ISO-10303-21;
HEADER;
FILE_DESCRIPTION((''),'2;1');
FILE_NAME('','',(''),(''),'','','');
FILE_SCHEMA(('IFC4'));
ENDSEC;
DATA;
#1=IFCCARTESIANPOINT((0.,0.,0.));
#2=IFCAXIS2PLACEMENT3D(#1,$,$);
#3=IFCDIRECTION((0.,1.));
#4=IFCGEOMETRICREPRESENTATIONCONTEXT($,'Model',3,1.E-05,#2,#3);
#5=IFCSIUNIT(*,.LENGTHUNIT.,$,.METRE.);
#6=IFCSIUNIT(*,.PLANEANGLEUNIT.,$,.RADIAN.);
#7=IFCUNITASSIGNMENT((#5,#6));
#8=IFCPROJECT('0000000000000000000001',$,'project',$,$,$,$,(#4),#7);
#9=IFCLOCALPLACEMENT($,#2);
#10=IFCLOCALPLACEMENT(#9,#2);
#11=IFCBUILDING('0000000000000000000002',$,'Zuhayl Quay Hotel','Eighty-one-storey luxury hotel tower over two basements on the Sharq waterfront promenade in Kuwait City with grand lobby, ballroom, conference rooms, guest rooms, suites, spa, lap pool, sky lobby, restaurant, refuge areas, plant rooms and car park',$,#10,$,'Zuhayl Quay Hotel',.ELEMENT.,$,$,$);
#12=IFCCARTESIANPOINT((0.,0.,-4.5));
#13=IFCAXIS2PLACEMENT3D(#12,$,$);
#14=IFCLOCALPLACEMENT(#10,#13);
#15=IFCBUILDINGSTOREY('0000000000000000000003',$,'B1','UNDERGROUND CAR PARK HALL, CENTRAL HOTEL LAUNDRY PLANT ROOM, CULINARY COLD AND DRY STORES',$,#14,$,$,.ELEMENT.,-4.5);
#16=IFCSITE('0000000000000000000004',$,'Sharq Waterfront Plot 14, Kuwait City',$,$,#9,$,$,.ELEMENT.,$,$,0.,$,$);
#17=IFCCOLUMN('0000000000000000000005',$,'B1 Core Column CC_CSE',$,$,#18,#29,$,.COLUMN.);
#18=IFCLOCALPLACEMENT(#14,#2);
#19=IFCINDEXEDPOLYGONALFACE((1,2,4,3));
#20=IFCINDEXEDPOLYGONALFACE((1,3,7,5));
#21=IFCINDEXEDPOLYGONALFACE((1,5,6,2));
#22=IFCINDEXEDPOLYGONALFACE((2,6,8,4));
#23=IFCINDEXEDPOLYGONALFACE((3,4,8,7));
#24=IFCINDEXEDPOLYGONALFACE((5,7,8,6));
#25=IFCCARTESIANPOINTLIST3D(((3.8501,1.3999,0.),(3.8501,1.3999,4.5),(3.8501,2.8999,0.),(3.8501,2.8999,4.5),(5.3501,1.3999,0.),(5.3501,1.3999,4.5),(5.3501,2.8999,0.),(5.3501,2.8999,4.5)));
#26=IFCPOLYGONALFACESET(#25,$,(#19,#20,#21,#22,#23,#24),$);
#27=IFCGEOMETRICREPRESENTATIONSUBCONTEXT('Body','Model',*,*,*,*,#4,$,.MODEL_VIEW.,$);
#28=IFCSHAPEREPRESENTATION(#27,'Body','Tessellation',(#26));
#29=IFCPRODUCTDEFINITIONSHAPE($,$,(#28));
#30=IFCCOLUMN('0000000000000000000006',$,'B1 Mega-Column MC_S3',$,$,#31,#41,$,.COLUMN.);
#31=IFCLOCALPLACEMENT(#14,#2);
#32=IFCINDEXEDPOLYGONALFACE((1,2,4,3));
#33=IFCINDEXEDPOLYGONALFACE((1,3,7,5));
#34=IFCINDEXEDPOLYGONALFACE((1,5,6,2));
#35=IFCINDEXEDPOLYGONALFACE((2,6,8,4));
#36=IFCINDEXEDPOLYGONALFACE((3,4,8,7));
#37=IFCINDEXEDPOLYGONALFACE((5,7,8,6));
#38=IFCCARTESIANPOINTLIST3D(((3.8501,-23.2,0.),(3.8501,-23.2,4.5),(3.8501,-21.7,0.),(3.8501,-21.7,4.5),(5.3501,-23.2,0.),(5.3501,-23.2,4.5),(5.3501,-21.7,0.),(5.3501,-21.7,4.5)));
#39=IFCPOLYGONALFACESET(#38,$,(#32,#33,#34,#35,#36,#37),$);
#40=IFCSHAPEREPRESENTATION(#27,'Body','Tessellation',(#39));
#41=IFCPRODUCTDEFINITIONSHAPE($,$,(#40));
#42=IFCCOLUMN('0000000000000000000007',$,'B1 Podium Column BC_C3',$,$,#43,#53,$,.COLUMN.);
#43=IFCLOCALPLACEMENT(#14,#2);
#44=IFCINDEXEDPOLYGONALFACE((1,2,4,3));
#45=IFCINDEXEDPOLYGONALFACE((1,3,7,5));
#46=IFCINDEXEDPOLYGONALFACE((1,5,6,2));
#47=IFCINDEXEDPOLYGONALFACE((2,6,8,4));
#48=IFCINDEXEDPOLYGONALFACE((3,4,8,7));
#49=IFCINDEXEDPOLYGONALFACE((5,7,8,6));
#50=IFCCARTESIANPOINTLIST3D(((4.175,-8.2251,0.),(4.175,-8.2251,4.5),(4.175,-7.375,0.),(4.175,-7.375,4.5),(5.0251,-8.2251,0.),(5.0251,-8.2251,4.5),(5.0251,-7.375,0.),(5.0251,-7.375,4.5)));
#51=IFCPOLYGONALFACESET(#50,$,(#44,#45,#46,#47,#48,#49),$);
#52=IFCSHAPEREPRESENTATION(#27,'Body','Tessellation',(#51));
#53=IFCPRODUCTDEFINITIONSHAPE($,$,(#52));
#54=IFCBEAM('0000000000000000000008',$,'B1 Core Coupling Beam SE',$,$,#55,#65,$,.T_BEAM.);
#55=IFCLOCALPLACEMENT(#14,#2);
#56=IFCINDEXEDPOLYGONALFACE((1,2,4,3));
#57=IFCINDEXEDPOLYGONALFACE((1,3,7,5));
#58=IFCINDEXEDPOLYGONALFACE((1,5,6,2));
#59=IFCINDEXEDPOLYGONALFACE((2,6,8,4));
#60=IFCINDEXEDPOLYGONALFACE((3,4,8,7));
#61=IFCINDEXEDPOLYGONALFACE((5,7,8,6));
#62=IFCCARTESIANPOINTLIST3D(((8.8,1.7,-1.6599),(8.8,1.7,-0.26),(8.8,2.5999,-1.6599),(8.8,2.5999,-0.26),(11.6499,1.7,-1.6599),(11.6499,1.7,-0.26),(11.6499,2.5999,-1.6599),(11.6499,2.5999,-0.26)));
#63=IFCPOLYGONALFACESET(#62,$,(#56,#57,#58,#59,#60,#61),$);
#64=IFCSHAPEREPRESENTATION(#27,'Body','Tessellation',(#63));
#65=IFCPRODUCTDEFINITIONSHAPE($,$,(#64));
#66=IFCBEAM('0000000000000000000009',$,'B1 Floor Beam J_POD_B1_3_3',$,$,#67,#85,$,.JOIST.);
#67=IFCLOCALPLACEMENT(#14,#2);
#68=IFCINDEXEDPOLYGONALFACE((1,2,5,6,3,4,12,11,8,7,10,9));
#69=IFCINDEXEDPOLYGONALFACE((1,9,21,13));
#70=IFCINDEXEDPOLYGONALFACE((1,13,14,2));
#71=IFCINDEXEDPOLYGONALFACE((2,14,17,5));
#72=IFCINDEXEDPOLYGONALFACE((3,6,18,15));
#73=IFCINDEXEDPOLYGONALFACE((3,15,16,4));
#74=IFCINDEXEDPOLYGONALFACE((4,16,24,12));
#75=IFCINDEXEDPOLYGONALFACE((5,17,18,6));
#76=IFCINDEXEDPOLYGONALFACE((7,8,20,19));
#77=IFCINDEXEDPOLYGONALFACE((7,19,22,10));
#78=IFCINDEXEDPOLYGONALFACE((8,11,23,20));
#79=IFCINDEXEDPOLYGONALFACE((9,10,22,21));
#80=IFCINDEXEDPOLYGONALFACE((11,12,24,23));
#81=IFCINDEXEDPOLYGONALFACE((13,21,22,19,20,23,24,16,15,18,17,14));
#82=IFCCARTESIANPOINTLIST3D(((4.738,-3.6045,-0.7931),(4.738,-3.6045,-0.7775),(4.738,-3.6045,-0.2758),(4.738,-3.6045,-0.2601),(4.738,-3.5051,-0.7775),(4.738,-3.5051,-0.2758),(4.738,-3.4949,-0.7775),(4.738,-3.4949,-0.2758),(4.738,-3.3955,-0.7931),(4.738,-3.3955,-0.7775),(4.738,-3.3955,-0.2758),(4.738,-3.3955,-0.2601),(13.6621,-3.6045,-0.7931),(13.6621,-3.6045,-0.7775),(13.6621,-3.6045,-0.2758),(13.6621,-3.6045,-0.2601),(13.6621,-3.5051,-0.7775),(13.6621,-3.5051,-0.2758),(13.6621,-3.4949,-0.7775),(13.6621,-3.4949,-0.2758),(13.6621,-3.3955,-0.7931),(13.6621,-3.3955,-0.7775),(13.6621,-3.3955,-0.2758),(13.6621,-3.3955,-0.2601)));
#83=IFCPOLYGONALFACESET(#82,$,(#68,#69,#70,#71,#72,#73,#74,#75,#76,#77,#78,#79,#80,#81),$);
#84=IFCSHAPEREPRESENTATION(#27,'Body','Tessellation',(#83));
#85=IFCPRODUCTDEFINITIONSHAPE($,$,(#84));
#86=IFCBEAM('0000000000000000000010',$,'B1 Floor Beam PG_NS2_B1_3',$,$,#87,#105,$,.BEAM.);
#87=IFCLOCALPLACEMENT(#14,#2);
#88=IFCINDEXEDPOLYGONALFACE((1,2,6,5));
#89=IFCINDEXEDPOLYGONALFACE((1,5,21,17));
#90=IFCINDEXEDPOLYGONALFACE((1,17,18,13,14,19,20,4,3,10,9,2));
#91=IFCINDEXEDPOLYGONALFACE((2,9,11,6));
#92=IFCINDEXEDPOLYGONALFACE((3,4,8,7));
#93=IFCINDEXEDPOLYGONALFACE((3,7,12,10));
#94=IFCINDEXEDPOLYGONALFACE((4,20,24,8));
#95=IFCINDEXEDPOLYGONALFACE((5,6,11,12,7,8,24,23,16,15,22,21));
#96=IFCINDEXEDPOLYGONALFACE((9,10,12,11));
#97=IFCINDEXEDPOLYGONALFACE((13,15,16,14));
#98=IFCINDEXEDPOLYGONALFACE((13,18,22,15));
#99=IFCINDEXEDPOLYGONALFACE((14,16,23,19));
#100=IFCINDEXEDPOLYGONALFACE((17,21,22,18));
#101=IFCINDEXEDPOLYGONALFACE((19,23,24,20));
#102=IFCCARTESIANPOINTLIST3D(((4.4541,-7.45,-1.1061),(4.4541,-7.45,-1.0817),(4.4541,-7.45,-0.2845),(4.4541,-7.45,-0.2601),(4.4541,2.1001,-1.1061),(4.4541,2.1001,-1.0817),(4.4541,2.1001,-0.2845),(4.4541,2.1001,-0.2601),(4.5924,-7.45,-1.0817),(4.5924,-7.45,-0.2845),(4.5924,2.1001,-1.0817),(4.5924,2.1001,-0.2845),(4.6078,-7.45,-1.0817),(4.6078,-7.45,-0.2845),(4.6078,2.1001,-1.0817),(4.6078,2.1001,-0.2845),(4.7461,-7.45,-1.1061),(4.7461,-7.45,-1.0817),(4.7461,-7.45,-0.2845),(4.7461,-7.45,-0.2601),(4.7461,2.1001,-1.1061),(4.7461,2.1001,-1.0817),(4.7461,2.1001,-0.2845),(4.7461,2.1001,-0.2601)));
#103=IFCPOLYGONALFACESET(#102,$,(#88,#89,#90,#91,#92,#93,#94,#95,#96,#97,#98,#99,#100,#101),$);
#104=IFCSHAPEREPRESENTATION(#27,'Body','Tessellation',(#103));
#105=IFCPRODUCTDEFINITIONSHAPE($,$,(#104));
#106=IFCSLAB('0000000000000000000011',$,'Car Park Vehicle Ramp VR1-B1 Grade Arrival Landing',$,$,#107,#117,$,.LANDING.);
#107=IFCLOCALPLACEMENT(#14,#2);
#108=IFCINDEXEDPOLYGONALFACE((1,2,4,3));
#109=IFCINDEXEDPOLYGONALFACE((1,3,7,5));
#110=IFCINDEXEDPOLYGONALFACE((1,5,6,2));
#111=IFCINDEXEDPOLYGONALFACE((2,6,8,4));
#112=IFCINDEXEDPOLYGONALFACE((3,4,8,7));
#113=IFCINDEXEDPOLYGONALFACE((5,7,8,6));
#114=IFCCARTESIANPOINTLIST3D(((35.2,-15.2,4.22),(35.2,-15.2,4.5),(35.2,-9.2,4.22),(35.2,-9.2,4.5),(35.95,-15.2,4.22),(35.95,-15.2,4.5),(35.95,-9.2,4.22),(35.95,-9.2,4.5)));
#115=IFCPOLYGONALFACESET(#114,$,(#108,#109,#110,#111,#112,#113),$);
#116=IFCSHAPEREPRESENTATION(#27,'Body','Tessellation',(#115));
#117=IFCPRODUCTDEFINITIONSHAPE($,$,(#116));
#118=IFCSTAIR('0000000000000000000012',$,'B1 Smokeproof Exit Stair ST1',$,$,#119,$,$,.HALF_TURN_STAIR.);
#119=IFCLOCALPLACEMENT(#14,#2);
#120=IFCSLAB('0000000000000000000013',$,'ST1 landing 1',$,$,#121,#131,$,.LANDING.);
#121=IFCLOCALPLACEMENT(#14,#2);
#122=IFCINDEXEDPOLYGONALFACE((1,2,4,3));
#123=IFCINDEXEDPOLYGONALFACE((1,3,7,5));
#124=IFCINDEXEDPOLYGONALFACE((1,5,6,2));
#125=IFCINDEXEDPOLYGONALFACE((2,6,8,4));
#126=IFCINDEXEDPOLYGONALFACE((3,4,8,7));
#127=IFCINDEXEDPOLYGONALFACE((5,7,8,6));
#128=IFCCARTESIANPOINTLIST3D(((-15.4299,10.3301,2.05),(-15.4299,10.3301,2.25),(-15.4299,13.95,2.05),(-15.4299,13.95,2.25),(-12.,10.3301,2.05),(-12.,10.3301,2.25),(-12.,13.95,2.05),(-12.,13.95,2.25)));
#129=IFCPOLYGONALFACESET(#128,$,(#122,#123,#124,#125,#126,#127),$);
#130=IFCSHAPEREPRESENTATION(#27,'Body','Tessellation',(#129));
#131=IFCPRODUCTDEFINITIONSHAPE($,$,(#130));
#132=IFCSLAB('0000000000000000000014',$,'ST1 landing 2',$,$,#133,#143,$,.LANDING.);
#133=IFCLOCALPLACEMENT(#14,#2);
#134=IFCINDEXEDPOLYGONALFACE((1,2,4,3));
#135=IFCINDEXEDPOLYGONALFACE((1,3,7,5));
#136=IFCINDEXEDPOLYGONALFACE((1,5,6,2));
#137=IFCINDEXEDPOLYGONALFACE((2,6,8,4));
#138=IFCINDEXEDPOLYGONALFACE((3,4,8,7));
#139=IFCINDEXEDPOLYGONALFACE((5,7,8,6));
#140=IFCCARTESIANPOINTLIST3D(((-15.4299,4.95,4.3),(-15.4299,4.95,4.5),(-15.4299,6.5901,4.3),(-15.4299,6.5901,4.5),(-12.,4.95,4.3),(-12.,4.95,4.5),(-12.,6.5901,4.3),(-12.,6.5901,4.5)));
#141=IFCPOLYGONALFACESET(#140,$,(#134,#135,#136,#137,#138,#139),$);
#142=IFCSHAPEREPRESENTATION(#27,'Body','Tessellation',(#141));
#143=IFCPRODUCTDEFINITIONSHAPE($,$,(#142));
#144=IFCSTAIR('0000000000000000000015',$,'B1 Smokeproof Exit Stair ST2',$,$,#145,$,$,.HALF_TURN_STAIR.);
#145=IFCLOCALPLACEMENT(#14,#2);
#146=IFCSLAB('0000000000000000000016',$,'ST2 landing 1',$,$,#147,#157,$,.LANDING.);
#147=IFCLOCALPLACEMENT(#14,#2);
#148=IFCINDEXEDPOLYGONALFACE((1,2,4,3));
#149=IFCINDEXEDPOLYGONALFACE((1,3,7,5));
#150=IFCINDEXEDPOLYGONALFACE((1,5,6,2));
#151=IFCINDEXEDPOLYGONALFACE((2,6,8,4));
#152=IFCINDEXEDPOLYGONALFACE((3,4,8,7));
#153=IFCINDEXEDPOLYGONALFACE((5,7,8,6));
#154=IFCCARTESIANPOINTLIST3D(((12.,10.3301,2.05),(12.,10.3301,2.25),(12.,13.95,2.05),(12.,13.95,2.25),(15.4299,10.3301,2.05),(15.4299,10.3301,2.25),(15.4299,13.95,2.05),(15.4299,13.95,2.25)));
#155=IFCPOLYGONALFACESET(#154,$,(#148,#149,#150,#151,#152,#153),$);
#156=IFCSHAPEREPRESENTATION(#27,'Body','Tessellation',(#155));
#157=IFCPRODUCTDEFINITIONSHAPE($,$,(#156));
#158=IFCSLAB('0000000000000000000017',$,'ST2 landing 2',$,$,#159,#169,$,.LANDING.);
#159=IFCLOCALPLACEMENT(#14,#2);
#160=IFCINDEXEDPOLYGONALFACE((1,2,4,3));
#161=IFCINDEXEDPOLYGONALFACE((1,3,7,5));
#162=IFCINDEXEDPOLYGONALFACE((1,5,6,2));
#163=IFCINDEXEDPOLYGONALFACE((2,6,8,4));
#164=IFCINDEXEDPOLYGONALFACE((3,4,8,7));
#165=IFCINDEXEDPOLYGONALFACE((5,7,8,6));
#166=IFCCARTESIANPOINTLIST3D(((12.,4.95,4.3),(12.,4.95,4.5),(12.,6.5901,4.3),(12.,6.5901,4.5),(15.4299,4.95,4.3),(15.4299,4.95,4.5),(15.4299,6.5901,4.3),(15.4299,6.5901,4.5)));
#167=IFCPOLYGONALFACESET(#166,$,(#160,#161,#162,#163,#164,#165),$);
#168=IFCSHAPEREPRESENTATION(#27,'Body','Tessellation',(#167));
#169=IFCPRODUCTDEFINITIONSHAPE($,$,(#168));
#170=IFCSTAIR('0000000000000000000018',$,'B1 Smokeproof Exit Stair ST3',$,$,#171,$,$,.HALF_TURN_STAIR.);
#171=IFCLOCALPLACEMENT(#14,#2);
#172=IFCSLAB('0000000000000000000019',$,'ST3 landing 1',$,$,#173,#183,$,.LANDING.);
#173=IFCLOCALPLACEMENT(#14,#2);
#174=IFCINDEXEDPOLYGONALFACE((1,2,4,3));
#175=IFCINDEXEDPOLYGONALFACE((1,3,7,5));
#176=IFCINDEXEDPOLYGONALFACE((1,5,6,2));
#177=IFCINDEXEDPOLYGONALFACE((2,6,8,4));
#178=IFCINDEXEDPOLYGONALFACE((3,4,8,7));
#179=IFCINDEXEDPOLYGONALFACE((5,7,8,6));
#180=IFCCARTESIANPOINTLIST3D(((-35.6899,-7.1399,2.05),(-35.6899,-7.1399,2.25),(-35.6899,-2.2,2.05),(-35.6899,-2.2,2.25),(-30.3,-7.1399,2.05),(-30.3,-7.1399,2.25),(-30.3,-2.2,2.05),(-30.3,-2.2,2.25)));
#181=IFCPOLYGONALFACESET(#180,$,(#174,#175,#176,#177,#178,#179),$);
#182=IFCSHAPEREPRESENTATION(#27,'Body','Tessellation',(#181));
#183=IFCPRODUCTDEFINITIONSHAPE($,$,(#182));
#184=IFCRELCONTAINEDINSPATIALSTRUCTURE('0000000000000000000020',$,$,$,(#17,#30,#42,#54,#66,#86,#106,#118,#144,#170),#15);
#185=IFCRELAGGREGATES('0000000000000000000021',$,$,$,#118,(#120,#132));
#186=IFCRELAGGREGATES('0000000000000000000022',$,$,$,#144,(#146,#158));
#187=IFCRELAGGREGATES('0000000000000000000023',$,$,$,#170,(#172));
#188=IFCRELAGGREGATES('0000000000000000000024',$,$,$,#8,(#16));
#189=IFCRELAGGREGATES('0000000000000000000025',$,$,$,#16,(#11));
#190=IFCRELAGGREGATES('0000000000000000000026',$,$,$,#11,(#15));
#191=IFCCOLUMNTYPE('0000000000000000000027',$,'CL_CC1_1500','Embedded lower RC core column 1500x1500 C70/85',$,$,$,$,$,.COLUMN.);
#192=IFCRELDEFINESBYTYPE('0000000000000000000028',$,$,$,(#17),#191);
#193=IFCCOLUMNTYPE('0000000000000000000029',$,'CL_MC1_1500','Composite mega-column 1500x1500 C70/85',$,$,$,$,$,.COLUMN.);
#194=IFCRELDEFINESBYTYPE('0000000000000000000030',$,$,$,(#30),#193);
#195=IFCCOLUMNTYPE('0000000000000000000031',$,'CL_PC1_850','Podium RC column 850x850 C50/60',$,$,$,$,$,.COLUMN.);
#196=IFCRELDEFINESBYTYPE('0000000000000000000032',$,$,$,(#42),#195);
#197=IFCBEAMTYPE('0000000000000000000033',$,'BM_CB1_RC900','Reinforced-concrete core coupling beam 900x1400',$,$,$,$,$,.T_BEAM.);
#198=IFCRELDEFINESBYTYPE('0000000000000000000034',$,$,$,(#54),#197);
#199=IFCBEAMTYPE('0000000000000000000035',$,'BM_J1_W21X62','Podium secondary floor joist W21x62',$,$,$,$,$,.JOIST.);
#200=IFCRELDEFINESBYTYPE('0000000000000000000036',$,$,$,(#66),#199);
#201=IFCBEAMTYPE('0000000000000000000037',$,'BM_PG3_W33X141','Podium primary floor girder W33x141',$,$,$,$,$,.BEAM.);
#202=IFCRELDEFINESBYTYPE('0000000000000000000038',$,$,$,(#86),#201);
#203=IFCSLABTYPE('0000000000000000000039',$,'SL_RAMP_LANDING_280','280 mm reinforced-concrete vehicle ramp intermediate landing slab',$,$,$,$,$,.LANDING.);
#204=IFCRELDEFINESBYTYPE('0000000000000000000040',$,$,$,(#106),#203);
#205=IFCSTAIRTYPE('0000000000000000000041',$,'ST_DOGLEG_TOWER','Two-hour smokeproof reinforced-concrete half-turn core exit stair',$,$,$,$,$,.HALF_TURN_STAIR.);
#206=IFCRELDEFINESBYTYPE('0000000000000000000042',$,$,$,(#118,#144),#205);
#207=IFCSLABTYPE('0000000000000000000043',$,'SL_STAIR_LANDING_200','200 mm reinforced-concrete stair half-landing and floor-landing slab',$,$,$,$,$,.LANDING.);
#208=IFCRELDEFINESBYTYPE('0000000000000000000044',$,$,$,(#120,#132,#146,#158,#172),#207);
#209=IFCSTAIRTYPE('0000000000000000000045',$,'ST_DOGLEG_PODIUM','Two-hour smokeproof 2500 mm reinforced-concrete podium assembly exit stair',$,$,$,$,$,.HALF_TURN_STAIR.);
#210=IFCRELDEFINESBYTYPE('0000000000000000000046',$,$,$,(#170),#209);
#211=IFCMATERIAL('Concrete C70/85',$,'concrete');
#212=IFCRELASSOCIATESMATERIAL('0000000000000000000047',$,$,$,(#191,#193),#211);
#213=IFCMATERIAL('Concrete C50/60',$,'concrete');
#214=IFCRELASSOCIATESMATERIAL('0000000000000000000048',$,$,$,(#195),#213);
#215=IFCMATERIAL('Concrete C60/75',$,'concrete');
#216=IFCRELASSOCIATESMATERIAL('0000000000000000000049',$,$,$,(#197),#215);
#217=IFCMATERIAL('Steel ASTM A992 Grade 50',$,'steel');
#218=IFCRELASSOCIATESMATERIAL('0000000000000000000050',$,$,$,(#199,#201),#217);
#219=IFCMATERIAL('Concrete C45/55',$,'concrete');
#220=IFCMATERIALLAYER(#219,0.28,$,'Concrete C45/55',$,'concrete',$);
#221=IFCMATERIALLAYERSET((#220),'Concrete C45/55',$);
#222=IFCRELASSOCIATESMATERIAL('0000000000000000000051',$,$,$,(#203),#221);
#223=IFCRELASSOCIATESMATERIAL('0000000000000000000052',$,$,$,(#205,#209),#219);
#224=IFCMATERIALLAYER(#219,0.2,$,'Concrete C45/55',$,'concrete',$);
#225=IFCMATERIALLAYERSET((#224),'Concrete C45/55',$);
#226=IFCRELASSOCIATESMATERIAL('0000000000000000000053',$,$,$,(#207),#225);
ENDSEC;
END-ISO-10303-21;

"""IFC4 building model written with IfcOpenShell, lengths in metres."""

from ifc_helpers import new_model, si_unit, direction, frame, origin, origin_2d, place, context, subcontext, project, spatial, polyline, rectangle, i_section, outline, extrude, material, layer, layer_set, material_profile, profile_set, type_object, element, aggregate, save


model = new_model("IFC4")

# Units and contexts
model_context = context("Model", 3, precision=1e-05, world=origin(), true_north=direction((0.0, 1.0)))
body_context = subcontext(model_context, "Body", "Model", "MODEL_VIEW")
ifc_project = project(units=[si_unit("LENGTHUNIT", "METRE"), si_unit("PLANEANGLEUNIT", "RADIAN")], contexts=[model_context])

# Site, building, storey
site_placement = place(None, origin())
site = spatial("IfcSite", under=ifc_project, at=site_placement, Name="Sharq Waterfront Plot 14, Kuwait City", CompositionType="ELEMENT", RefElevation=0.0)
building_placement = place(site_placement, origin())
building = spatial("IfcBuilding", under=site, at=building_placement, Name="Zuhayl Quay Hotel", Description="Eighty-one-storey luxury hotel tower over two basements on the Sharq waterfront promenade in Kuwait City with grand lobby, ballroom, conference rooms, guest rooms, suites, spa, lap pool, sky lobby, restaurant, refuge areas, plant rooms and car park", LongName="Zuhayl Quay Hotel", CompositionType="ELEMENT")
storey_placement = place(building_placement, frame((0.0, 0.0, -4.5)))
storey = spatial("IfcBuildingStorey", under=building, at=storey_placement, Name="B1", Description="UNDERGROUND CAR PARK HALL, CENTRAL HOTEL LAUNDRY PLANT ROOM, CULINARY COLD AND DRY STORES", CompositionType="ELEMENT", Elevation=-4.5)

# Columns
ifc_material_1 = material(Name="Concrete C70/85", Category="concrete")
ifc_material_profile_1 = material_profile(ifc_material_1, rectangle(XDim=1.5, YDim=1.5, at=origin_2d()), Name="RC1500X1500")
ifc_profile_set_1 = profile_set([ifc_material_profile_1], Name="Concrete C70/85")
column_type_1 = type_object("IfcColumnType", Name="CL_CC1_1500", Description="Embedded lower RC core column 1500x1500 C70/85", PredefinedType="COLUMN", material=ifc_profile_set_1)
column_1_placement = place(storey_placement, frame((4.6001, 2.1499, 0.0), z_axis=(0.0, 0.0, 1.0), x_axis=(1.0, 0.0, 0.0)))
element("IfcColumn", 1, at=column_1_placement, inside=storey, type_object=column_type_1, Name="B1 Core Column CC_CSE", PredefinedType="COLUMN", context=body_context, shape_type="SweptSolid", body=[
    extrude(rectangle(XDim=1.5, YDim=1.5, at=origin_2d()), origin(), (0.0, 0.0, 1.0), 4.5),
])
ifc_material_profile_2 = material_profile(ifc_material_1, rectangle(XDim=1.5, YDim=1.5, at=origin_2d()), Name="RC1500X1500")
ifc_profile_set_2 = profile_set([ifc_material_profile_2], Name="Concrete C70/85")
column_type_2 = type_object("IfcColumnType", Name="CL_MC1_1500", Description="Composite mega-column 1500x1500 C70/85", PredefinedType="COLUMN", material=ifc_profile_set_2)
column_2_placement = place(storey_placement, frame((4.6001, -22.45, 0.0), z_axis=(0.0, 0.0, 1.0), x_axis=(1.0, 0.0, 0.0)))
element("IfcColumn", 2, at=column_2_placement, inside=storey, type_object=column_type_2, Name="B1 Mega-Column MC_S3", PredefinedType="COLUMN", context=body_context, shape_type="SweptSolid", body=[
    extrude(rectangle(XDim=1.5, YDim=1.5, at=origin_2d()), origin(), (0.0, 0.0, 1.0), 4.5),
])
ifc_material_2 = material(Name="Concrete C50/60", Category="concrete")
ifc_material_profile_3 = material_profile(ifc_material_2, rectangle(XDim=0.8501, YDim=0.8501, at=origin_2d()), Name="RC850X850")
ifc_profile_set_3 = profile_set([ifc_material_profile_3], Name="Concrete C50/60")
column_type_3 = type_object("IfcColumnType", Name="CL_PC1_850", Description="Podium RC column 850x850 C50/60", PredefinedType="COLUMN", material=ifc_profile_set_3)
column_3_placement = place(storey_placement, frame((4.6001, -7.8, 0.0), z_axis=(0.0, 0.0, 1.0), x_axis=(1.0, 0.0, 0.0)))
element("IfcColumn", 3, at=column_3_placement, inside=storey, type_object=column_type_3, Name="B1 Podium Column BC_C3", PredefinedType="COLUMN", context=body_context, shape_type="SweptSolid", body=[
    extrude(rectangle(XDim=0.8501, YDim=0.8501, at=origin_2d()), origin(), (0.0, 0.0, 1.0), 4.5),
])

# Beams
ifc_material_3 = material(Name="Concrete C60/75", Category="concrete")
ifc_material_profile_4 = material_profile(ifc_material_3, rectangle(XDim=0.8999, YDim=1.3999, at=origin_2d()), Name="RC900X1400")
ifc_profile_set_4 = profile_set([ifc_material_profile_4], Name="Concrete C60/75")
beam_type_1 = type_object("IfcBeamType", Name="BM_CB1_RC900", Description="Reinforced-concrete core coupling beam 900x1400", PredefinedType="T_BEAM", material=ifc_profile_set_4)
beam_1_placement = place(storey_placement, frame((8.8, 2.1499, -0.96), z_axis=(1.0, 0.0, 0.0), x_axis=(0.0, 1.0, 0.0)))
element("IfcBeam", 4, at=beam_1_placement, inside=storey, type_object=beam_type_1, Name="B1 Core Coupling Beam SE", PredefinedType="T_BEAM", context=body_context, shape_type="SweptSolid", body=[
    extrude(rectangle(XDim=0.8999, YDim=1.3999, at=origin_2d()), origin(), (0.0, 0.0, 1.0), 2.8499),
])
ifc_material_4 = material(Name="Steel ASTM A992 Grade 50", Category="steel")
ifc_material_profile_5 = material_profile(ifc_material_4, i_section(OverallWidth=0.209, OverallDepth=0.533, WebThickness=0.0103, FlangeThickness=0.0156, at=origin_2d()), Name="W21X62")
ifc_profile_set_5 = profile_set([ifc_material_profile_5], Name="Steel ASTM A992 Grade 50")
beam_type_2 = type_object("IfcBeamType", Name="BM_J1_W21X62", Description="Podium secondary floor joist W21x62", PredefinedType="JOIST", material=ifc_profile_set_5)
beam_2_placement = place(storey_placement, frame((4.738, -3.5, -0.5266), z_axis=(1.0, 0.0, 0.0), x_axis=(0.0, 1.0, 0.0)))
element("IfcBeam", 5, at=beam_2_placement, inside=storey, type_object=beam_type_2, Name="B1 Floor Beam J_POD_B1_3_3", PredefinedType="JOIST", context=body_context, shape_type="SweptSolid", body=[
    extrude(i_section(OverallWidth=0.209, OverallDepth=0.533, WebThickness=0.0103, FlangeThickness=0.0156, at=origin_2d()), origin(), (0.0, 0.0, 1.0), 8.9241),
])
ifc_material_profile_6 = material_profile(ifc_material_4, i_section(OverallWidth=0.292, OverallDepth=0.8459, WebThickness=0.0154, FlangeThickness=0.0244, at=origin_2d()), Name="W33X141")
ifc_profile_set_6 = profile_set([ifc_material_profile_6], Name="Steel ASTM A992 Grade 50")
beam_type_3 = type_object("IfcBeamType", Name="BM_PG3_W33X141", Description="Podium primary floor girder W33x141", PredefinedType="BEAM", material=ifc_profile_set_6)
beam_3_placement = place(storey_placement, frame((4.6001, -7.45, -0.6831), z_axis=(0.0, 1.0, 0.0), x_axis=(-1.0, 0.0, 0.0)))
element("IfcBeam", 6, at=beam_3_placement, inside=storey, type_object=beam_type_3, Name="B1 Floor Beam PG_NS2_B1_3", PredefinedType="BEAM", context=body_context, shape_type="SweptSolid", body=[
    extrude(i_section(OverallWidth=0.292, OverallDepth=0.8459, WebThickness=0.0154, FlangeThickness=0.0244, at=origin_2d()), origin(), (0.0, 0.0, 1.0), 9.55),
])

# Slab
ifc_material_5 = material(Name="Concrete C45/55", Category="concrete")
ifc_layer_1 = layer(ifc_material_5, 0.28, Name="Concrete C45/55", Category="concrete")
ifc_layer_set_1 = layer_set([ifc_layer_1], Name="Concrete C45/55")
slab_type_1 = type_object("IfcSlabType", Name="SL_RAMP_LANDING_280", Description="280 mm reinforced-concrete vehicle ramp intermediate landing slab", PredefinedType="LANDING", material=ifc_layer_set_1)
slab_1_placement = place(storey_placement, frame((0.0, 0.0, 4.22)))
element("IfcSlab", 7, at=slab_1_placement, inside=storey, type_object=slab_type_1, Name="Car Park Vehicle Ramp VR1-B1 Grade Arrival Landing", PredefinedType="LANDING", context=body_context, shape_type="SweptSolid", body=[
    extrude(outline(polyline([(35.2, -15.2), (35.95, -15.2), (35.95, -9.2), (35.2, -9.2), (35.2, -15.2)])), origin(), (0.0, 0.0, 1.0), 0.28),
])

# Stairs, slabs
stair_type_1 = type_object("IfcStairType", Name="ST_DOGLEG_TOWER", Description="Two-hour smokeproof reinforced-concrete half-turn core exit stair", PredefinedType="HALF_TURN_STAIR", material=ifc_material_5)
stair_1_placement = place(storey_placement, origin())
stair_1 = element("IfcStair", 8, at=stair_1_placement, inside=storey, type_object=stair_type_1, Name="B1 Smokeproof Exit Stair ST1", PredefinedType="HALF_TURN_STAIR")
ifc_layer_2 = layer(ifc_material_5, 0.2, Name="Concrete C45/55", Category="concrete")
ifc_layer_set_2 = layer_set([ifc_layer_2], Name="Concrete C45/55")
slab_type_2 = type_object("IfcSlabType", Name="SL_STAIR_LANDING_200", Description="200 mm reinforced-concrete stair half-landing and floor-landing slab", PredefinedType="LANDING", material=ifc_layer_set_2)
slab_2_placement = place(storey_placement, frame((0.0, 0.0, 2.05)))
slab_2 = element("IfcSlab", 9, at=slab_2_placement, type_object=slab_type_2, Name="ST1 landing 1", PredefinedType="LANDING", context=body_context, shape_type="SweptSolid", body=[
    extrude(outline(polyline([(-12.0, 10.3301), (-12.0, 13.95), (-15.4299, 13.95), (-15.4299, 10.3301), (-12.0, 10.3301)])), origin(), (0.0, 0.0, 1.0), 0.2),
])
slab_3_placement = place(storey_placement, frame((0.0, 0.0, 4.3)))
slab_3 = element("IfcSlab", 10, at=slab_3_placement, type_object=slab_type_2, Name="ST1 landing 2", PredefinedType="LANDING", context=body_context, shape_type="SweptSolid", body=[
    extrude(outline(polyline([(-12.0, 4.95), (-12.0, 6.5901), (-15.4299, 6.5901), (-15.4299, 4.95), (-12.0, 4.95)])), origin(), (0.0, 0.0, 1.0), 0.2),
])
aggregate(stair_1, [slab_2, slab_3])
stair_2_placement = place(storey_placement, origin())
stair_2 = element("IfcStair", 11, at=stair_2_placement, inside=storey, type_object=stair_type_1, Name="B1 Smokeproof Exit Stair ST2", PredefinedType="HALF_TURN_STAIR")
slab_4_placement = place(storey_placement, frame((0.0, 0.0, 2.05)))
slab_4 = element("IfcSlab", 12, at=slab_4_placement, type_object=slab_type_2, Name="ST2 landing 1", PredefinedType="LANDING", context=body_context, shape_type="SweptSolid", body=[
    extrude(outline(polyline([(15.4299, 10.3301), (15.4299, 13.95), (12.0, 13.95), (12.0, 10.3301), (15.4299, 10.3301)])), origin(), (0.0, 0.0, 1.0), 0.2),
])
slab_5_placement = place(storey_placement, frame((0.0, 0.0, 4.3)))
slab_5 = element("IfcSlab", 13, at=slab_5_placement, type_object=slab_type_2, Name="ST2 landing 2", PredefinedType="LANDING", context=body_context, shape_type="SweptSolid", body=[
    extrude(outline(polyline([(15.4299, 4.95), (15.4299, 6.5901), (12.0, 6.5901), (12.0, 4.95), (15.4299, 4.95)])), origin(), (0.0, 0.0, 1.0), 0.2),
])
aggregate(stair_2, [slab_4, slab_5])
stair_type_2 = type_object("IfcStairType", Name="ST_DOGLEG_PODIUM", Description="Two-hour smokeproof 2500 mm reinforced-concrete podium assembly exit stair", PredefinedType="HALF_TURN_STAIR", material=ifc_material_5)
stair_3_placement = place(storey_placement, origin())
stair_3 = element("IfcStair", 14, at=stair_3_placement, inside=storey, type_object=stair_type_2, Name="B1 Smokeproof Exit Stair ST3", PredefinedType="HALF_TURN_STAIR")
slab_6_placement = place(storey_placement, frame((0.0, 0.0, 2.05)))
slab_6 = element("IfcSlab", 15, at=slab_6_placement, type_object=slab_type_2, Name="ST3 landing 1", PredefinedType="LANDING", context=body_context, shape_type="SweptSolid", body=[
    extrude(outline(polyline([(-30.3, -7.1399), (-30.3, -2.2), (-35.6899, -2.2), (-35.6899, -7.1399), (-30.3, -7.1399)])), origin(), (0.0, 0.0, 1.0), 0.2),
])
aggregate(stair_3, [slab_6])

save(model, "model.ifc")
